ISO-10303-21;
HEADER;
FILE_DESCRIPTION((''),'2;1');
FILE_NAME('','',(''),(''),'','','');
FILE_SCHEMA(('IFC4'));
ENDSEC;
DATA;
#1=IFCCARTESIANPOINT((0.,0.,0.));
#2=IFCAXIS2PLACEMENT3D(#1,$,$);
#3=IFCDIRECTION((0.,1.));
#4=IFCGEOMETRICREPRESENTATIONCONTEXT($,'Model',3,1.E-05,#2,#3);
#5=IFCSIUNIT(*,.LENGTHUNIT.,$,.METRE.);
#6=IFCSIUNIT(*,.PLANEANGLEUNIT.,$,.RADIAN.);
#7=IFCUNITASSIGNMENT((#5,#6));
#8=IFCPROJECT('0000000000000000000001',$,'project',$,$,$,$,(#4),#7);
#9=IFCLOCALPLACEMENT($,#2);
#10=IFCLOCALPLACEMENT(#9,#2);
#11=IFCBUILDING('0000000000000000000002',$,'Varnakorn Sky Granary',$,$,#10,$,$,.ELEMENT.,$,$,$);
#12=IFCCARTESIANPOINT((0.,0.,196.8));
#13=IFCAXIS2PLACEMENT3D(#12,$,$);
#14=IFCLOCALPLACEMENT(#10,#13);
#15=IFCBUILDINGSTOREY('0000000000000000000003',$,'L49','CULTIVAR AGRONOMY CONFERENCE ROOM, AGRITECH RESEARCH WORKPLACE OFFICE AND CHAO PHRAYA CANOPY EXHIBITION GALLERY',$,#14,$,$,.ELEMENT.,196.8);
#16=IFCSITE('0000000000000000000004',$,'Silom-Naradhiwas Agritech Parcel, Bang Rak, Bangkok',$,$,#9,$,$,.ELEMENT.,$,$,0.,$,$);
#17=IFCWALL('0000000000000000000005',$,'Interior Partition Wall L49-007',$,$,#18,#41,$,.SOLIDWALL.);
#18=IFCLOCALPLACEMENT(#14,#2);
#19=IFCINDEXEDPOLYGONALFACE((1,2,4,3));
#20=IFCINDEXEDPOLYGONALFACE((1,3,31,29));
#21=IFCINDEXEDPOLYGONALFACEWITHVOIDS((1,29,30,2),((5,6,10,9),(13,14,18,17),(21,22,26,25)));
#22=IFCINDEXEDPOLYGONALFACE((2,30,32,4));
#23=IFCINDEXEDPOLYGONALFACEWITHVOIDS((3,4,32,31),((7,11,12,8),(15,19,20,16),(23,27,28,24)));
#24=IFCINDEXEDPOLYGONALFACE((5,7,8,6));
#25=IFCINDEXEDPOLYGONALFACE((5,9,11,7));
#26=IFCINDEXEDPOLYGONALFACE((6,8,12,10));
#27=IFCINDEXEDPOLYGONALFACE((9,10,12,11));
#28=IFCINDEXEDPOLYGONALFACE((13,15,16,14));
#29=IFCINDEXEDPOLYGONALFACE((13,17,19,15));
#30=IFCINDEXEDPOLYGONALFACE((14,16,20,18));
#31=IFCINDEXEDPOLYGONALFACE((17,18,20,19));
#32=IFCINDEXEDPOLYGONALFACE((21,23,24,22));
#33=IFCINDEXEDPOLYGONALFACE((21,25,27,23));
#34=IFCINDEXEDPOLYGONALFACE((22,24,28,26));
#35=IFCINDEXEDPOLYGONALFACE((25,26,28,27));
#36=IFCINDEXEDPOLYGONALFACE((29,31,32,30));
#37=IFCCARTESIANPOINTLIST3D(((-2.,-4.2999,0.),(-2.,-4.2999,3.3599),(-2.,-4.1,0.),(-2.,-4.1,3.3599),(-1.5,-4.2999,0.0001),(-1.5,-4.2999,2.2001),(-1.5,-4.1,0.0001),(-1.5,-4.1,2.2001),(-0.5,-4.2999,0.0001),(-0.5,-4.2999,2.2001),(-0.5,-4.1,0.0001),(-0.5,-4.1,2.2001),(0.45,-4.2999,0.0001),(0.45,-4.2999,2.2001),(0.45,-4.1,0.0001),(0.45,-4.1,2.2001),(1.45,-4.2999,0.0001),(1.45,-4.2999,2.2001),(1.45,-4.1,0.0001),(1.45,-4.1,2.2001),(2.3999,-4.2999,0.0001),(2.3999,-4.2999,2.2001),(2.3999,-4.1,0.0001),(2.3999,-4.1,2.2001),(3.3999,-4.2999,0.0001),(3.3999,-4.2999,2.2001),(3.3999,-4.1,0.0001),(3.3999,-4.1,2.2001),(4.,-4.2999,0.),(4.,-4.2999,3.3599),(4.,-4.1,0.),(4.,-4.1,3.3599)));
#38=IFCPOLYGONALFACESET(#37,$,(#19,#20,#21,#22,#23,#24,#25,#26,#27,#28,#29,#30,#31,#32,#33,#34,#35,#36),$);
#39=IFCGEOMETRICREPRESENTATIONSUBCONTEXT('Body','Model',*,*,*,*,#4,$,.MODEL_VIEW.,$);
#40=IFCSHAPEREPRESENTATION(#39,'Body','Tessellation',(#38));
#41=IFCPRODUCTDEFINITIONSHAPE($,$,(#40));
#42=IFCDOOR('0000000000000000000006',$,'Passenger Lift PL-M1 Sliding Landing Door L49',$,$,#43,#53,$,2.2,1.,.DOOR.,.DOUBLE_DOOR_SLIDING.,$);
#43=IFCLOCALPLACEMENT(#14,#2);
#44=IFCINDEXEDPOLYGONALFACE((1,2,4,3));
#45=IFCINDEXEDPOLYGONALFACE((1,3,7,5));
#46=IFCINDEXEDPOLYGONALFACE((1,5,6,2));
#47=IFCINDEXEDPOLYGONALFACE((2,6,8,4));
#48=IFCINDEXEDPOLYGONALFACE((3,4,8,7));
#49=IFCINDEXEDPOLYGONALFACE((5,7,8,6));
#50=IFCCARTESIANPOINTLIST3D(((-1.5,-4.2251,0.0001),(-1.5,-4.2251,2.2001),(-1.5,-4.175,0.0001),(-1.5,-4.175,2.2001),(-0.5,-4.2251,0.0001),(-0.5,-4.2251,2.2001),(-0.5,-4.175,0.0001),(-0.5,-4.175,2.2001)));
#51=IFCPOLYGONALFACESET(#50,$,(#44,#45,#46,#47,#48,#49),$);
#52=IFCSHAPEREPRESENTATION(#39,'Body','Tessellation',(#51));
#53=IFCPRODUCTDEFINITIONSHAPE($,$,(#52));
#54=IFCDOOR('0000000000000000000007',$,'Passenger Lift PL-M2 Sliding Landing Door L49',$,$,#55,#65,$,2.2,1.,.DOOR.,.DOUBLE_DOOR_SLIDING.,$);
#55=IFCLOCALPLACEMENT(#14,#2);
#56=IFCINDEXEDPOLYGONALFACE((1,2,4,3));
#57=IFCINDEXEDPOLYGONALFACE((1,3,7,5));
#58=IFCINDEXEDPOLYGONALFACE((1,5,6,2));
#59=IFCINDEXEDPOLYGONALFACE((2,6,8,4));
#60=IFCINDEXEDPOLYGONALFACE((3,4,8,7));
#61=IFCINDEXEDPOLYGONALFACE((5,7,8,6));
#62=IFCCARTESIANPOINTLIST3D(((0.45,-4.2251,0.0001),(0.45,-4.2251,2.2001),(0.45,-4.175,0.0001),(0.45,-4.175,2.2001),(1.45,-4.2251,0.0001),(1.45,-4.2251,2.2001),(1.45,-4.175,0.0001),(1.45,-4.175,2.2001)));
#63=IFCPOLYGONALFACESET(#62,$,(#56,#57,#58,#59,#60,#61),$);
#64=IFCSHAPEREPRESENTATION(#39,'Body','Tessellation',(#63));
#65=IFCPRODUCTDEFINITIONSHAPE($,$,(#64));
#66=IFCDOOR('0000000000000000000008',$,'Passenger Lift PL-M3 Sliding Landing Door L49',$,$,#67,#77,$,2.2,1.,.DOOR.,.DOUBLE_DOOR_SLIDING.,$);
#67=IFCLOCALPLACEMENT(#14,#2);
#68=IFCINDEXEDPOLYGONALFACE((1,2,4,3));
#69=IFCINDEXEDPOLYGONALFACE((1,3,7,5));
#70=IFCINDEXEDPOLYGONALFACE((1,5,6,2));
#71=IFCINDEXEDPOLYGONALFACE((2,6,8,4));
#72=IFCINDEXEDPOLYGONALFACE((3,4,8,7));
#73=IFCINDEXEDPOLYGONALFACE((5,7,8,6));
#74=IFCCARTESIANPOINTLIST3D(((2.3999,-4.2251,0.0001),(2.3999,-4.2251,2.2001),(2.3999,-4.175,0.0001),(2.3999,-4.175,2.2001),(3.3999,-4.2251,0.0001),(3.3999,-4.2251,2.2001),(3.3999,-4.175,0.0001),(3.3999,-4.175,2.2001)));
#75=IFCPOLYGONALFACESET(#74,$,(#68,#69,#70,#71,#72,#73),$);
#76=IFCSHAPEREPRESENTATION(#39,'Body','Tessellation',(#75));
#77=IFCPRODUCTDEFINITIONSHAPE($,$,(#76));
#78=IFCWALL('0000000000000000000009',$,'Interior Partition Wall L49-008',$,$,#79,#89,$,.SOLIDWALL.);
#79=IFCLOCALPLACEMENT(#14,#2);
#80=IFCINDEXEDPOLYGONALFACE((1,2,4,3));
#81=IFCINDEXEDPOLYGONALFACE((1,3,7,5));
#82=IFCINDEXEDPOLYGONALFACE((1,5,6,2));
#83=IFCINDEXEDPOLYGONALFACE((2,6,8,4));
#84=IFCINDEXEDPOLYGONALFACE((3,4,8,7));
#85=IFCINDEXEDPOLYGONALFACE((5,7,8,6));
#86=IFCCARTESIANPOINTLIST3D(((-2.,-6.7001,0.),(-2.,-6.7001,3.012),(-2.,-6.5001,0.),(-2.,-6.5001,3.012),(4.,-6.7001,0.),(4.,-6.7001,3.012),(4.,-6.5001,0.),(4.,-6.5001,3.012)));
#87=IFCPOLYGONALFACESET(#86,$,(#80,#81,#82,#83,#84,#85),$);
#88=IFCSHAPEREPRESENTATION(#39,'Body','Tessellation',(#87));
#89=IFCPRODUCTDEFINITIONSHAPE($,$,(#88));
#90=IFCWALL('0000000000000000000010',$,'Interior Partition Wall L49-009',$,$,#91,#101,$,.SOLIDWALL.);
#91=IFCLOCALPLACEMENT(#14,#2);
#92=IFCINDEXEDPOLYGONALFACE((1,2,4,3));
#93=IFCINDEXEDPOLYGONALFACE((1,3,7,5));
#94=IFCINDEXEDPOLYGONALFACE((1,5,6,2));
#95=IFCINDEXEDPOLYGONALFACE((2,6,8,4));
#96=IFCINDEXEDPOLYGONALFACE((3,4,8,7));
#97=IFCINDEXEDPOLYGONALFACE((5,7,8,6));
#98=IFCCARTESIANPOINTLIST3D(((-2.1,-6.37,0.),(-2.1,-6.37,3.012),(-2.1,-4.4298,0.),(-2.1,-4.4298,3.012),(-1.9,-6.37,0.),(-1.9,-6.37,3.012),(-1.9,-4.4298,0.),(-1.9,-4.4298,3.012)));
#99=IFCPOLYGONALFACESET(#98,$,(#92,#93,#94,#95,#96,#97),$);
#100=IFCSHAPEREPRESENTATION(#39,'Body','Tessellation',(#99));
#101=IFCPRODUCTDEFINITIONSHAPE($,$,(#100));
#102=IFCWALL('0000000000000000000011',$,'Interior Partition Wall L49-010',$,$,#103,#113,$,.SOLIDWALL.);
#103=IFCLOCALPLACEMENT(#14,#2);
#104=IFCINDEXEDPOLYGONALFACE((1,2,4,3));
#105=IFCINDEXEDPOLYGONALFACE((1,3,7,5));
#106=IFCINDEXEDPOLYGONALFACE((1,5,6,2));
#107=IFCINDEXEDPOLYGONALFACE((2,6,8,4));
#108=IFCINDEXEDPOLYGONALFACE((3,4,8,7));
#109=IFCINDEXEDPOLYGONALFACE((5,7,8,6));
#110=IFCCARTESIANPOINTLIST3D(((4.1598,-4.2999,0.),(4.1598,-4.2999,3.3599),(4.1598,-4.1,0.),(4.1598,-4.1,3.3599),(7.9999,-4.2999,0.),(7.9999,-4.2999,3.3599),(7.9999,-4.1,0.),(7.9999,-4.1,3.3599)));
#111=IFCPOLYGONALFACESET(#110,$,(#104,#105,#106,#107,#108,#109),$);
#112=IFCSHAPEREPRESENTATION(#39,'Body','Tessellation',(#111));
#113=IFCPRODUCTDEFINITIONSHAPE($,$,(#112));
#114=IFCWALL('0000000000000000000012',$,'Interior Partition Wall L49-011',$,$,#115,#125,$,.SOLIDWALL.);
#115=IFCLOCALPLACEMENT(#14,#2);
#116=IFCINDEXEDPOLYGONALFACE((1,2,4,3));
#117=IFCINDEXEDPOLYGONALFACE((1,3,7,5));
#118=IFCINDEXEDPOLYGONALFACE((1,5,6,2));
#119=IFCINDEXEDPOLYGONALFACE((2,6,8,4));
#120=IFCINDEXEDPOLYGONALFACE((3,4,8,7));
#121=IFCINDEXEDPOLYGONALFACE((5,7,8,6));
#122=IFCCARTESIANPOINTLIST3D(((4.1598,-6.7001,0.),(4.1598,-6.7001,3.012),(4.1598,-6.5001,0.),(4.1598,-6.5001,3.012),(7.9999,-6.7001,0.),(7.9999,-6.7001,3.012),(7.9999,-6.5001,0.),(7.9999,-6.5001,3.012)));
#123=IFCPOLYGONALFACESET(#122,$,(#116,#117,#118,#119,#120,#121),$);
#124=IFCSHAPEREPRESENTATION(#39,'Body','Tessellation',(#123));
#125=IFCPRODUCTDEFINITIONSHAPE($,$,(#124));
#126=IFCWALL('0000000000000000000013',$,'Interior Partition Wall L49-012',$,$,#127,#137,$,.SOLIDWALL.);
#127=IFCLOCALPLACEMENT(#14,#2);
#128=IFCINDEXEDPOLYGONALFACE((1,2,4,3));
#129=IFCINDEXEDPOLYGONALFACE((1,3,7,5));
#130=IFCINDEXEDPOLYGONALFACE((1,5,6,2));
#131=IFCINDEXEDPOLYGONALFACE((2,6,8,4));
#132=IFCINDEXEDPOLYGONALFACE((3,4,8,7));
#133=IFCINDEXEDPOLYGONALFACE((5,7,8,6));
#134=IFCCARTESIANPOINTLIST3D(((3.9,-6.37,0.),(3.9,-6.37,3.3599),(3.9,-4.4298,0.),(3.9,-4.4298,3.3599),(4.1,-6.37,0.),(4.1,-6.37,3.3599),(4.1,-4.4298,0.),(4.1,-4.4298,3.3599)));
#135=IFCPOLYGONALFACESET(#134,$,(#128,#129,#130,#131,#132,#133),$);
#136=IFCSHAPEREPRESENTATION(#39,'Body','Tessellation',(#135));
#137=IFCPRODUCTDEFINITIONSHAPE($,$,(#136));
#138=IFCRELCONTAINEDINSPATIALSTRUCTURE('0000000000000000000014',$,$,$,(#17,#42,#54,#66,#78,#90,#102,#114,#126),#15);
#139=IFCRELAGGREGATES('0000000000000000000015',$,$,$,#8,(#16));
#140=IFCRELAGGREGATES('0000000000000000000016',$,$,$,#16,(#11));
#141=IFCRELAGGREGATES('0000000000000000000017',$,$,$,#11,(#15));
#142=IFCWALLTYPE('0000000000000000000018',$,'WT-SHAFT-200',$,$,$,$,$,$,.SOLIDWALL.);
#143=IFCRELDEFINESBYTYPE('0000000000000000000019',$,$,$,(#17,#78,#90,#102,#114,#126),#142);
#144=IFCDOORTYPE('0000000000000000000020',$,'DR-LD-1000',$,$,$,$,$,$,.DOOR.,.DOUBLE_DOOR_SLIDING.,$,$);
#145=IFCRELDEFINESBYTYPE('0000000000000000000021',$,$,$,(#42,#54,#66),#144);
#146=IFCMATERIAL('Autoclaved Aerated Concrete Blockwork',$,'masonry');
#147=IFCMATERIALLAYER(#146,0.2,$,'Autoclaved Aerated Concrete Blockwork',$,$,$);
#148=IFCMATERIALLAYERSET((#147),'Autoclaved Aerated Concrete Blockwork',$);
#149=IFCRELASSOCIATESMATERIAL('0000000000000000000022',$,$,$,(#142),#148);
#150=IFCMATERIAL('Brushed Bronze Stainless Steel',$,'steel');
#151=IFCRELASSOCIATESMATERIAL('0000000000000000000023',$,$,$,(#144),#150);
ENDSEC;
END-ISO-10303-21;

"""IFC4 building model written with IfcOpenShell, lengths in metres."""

from ifc_helpers import new_model, si_unit, direction, frame, frame_2d, origin, place, context, subcontext, project, spatial, rectangle, extrude, material, layer, layer_set, type_object, element, fill, save


model = new_model("IFC4")

# Units and contexts
model_context = context("Model", 3, precision=1e-05, world=origin(), true_north=direction((0.0, 1.0)))
body_context = subcontext(model_context, "Body", "Model", "MODEL_VIEW")
ifc_project = project(units=[si_unit("LENGTHUNIT", "METRE"), si_unit("PLANEANGLEUNIT", "RADIAN")], contexts=[model_context])

# Site, building, storey
site_placement = place(None, origin())
site = spatial("IfcSite", under=ifc_project, at=site_placement, Name="Silom-Naradhiwas Agritech Parcel, Bang Rak, Bangkok", CompositionType="ELEMENT", RefElevation=0.0)
building_placement = place(site_placement, origin())
building = spatial("IfcBuilding", under=site, at=building_placement, Name="Varnakorn Sky Granary", CompositionType="ELEMENT")
storey_placement = place(building_placement, frame((0.0, 0.0, 196.8)))
storey = spatial("IfcBuildingStorey", under=building, at=storey_placement, Name="L49", Description="CULTIVAR AGRONOMY CONFERENCE ROOM, AGRITECH RESEARCH WORKPLACE OFFICE AND CHAO PHRAYA CANOPY EXHIBITION GALLERY", CompositionType="ELEMENT", Elevation=196.8)

# Shared definitions
ifc_material_1 = material(Name="Autoclaved Aerated Concrete Blockwork", Category="masonry")

# Shared definitions
ifc_layer_1 = layer(ifc_material_1, 0.2, Name="Autoclaved Aerated Concrete Blockwork")
ifc_layer_set_1 = layer_set([ifc_layer_1], Name="Autoclaved Aerated Concrete Blockwork")
wall_type_1 = type_object("IfcWallType", Name="WT-SHAFT-200", PredefinedType="SOLIDWALL", material=ifc_layer_set_1)

# Wall, openings, doors
wall_1_placement = place(storey_placement, frame((-2.0, -4.2, 0.0), z_axis=(0.0, 0.0, 1.0), x_axis=(1.0, 0.0, 0.0)))
wall_1 = element("IfcWall", 1, at=wall_1_placement, inside=storey, type_object=wall_type_1, Name="Interior Partition Wall L49-007", PredefinedType="SOLIDWALL", context=body_context, shape_type="SweptSolid", body=[
    extrude(rectangle(XDim=6.0, YDim=0.2, at=frame_2d((3.0, 0.0))), origin(), (0.0, 0.0, 1.0), 3.3599),
])
opening_1_placement = place(wall_1_placement, frame((0.5, 0.0, 0.0)))
opening_1 = element("IfcOpeningElement", 2, at=opening_1_placement, cuts=wall_1, PredefinedType="OPENING", context=body_context, shape_type="SweptSolid", body=[
    extrude(rectangle(XDim=1.0, YDim=2.2, at=frame_2d((0.5, 1.1001))), frame((0.0, 0.1099, 0.0), z_axis=(0.0, -1.0, 0.0), x_axis=(1.0, 0.0, 0.0)), (0.0, 0.0, 1.0), 0.22),
])
opening_2_placement = place(wall_1_placement, frame((2.45, 0.0, 0.0)))
opening_2 = element("IfcOpeningElement", 3, at=opening_2_placement, cuts=wall_1, PredefinedType="OPENING", context=body_context, shape_type="SweptSolid", body=[
    extrude(rectangle(XDim=1.0, YDim=2.2, at=frame_2d((0.5, 1.1001))), frame((0.0, 0.1099, 0.0), z_axis=(0.0, -1.0, 0.0), x_axis=(1.0, 0.0, 0.0)), (0.0, 0.0, 1.0), 0.22),
])
opening_3_placement = place(wall_1_placement, frame((4.3999, 0.0, 0.0)))
opening_3 = element("IfcOpeningElement", 4, at=opening_3_placement, cuts=wall_1, PredefinedType="OPENING", context=body_context, shape_type="SweptSolid", body=[
    extrude(rectangle(XDim=1.0, YDim=2.2, at=frame_2d((0.5, 1.1001))), frame((0.0, 0.1099, 0.0), z_axis=(0.0, -1.0, 0.0), x_axis=(1.0, 0.0, 0.0)), (0.0, 0.0, 1.0), 0.22),
])
ifc_material_2 = material(Name="Brushed Bronze Stainless Steel", Category="steel")
door_type_1 = type_object("IfcDoorType", Name="DR-LD-1000", OperationType="DOUBLE_DOOR_SLIDING", PredefinedType="DOOR", material=ifc_material_2)
door_1_placement = place(opening_1_placement, origin())
door_1 = element("IfcDoor", 5, at=door_1_placement, inside=storey, type_object=door_type_1, Name="Passenger Lift PL-M1 Sliding Landing Door L49", OperationType="DOUBLE_DOOR_SLIDING", OverallHeight=2.2, OverallWidth=1.0, PredefinedType="DOOR", context=body_context, shape_type="SweptSolid", body=[
    extrude(rectangle(XDim=1.0, YDim=2.2, at=frame_2d((0.5, 1.1001))), frame((0.0, 0.0249, 0.0), z_axis=(0.0, -1.0, 0.0), x_axis=(1.0, 0.0, 0.0)), (0.0, 0.0, 1.0), 0.05),
])
fill(opening_1, door_1)
door_2_placement = place(opening_2_placement, origin())
door_2 = element("IfcDoor", 6, at=door_2_placement, inside=storey, type_object=door_type_1, Name="Passenger Lift PL-M2 Sliding Landing Door L49", OperationType="DOUBLE_DOOR_SLIDING", OverallHeight=2.2, OverallWidth=1.0, PredefinedType="DOOR", context=body_context, shape_type="SweptSolid", body=[
    extrude(rectangle(XDim=1.0, YDim=2.2, at=frame_2d((0.5, 1.1001))), frame((0.0, 0.0249, 0.0), z_axis=(0.0, -1.0, 0.0), x_axis=(1.0, 0.0, 0.0)), (0.0, 0.0, 1.0), 0.05),
])
fill(opening_2, door_2)
door_3_placement = place(opening_3_placement, origin())
door_3 = element("IfcDoor", 7, at=door_3_placement, inside=storey, type_object=door_type_1, Name="Passenger Lift PL-M3 Sliding Landing Door L49", OperationType="DOUBLE_DOOR_SLIDING", OverallHeight=2.2, OverallWidth=1.0, PredefinedType="DOOR", context=body_context, shape_type="SweptSolid", body=[
    extrude(rectangle(XDim=1.0, YDim=2.2, at=frame_2d((0.5, 1.1001))), frame((0.0, 0.0249, 0.0), z_axis=(0.0, -1.0, 0.0), x_axis=(1.0, 0.0, 0.0)), (0.0, 0.0, 1.0), 0.05),
])
fill(opening_3, door_3)

# Walls
wall_2_placement = place(storey_placement, frame((-2.0, -6.6001, 0.0), z_axis=(0.0, 0.0, 1.0), x_axis=(1.0, 0.0, 0.0)))
element("IfcWall", 8, at=wall_2_placement, inside=storey, type_object=wall_type_1, Name="Interior Partition Wall L49-008", PredefinedType="SOLIDWALL", context=body_context, shape_type="SweptSolid", body=[
    extrude(rectangle(XDim=6.0, YDim=0.2, at=frame_2d((3.0, 0.0))), origin(), (0.0, 0.0, 1.0), 3.012),
])
wall_3_placement = place(storey_placement, frame((-2.0, -6.3701, 0.0), z_axis=(0.0, 0.0, 1.0), x_axis=(0.0, 1.0, 0.0)))
element("IfcWall", 9, at=wall_3_placement, inside=storey, type_object=wall_type_1, Name="Interior Partition Wall L49-009", PredefinedType="SOLIDWALL", context=body_context, shape_type="SweptSolid", body=[
    extrude(rectangle(XDim=1.9402, YDim=0.2, at=frame_2d((0.9702, 0.0))), origin(), (0.0, 0.0, 1.0), 3.012),
])
wall_4_placement = place(storey_placement, frame((4.1599, -4.2, 0.0), z_axis=(0.0, 0.0, 1.0), x_axis=(1.0, 0.0, 0.0)))
element("IfcWall", 10, at=wall_4_placement, inside=storey, type_object=wall_type_1, Name="Interior Partition Wall L49-010", PredefinedType="SOLIDWALL", context=body_context, shape_type="SweptSolid", body=[
    extrude(rectangle(XDim=3.8401, YDim=0.2, at=frame_2d((1.9199, 0.0))), origin(), (0.0, 0.0, 1.0), 3.3599),
])
wall_5_placement = place(storey_placement, frame((4.1599, -6.6001, 0.0), z_axis=(0.0, 0.0, 1.0), x_axis=(1.0, 0.0, 0.0)))
element("IfcWall", 11, at=wall_5_placement, inside=storey, type_object=wall_type_1, Name="Interior Partition Wall L49-011", PredefinedType="SOLIDWALL", context=body_context, shape_type="SweptSolid", body=[
    extrude(rectangle(XDim=3.8401, YDim=0.2, at=frame_2d((1.9199, 0.0))), origin(), (0.0, 0.0, 1.0), 3.012),
])
wall_6_placement = place(storey_placement, frame((4.0, -6.3701, 0.0), z_axis=(0.0, 0.0, 1.0), x_axis=(0.0, 1.0, 0.0)))
element("IfcWall", 12, at=wall_6_placement, inside=storey, type_object=wall_type_1, Name="Interior Partition Wall L49-012", PredefinedType="SOLIDWALL", context=body_context, shape_type="SweptSolid", body=[
    extrude(rectangle(XDim=1.9402, YDim=0.2, at=frame_2d((0.9702, 0.0))), origin(), (0.0, 0.0, 1.0), 3.3599),
])

save(model, "model.ifc")
